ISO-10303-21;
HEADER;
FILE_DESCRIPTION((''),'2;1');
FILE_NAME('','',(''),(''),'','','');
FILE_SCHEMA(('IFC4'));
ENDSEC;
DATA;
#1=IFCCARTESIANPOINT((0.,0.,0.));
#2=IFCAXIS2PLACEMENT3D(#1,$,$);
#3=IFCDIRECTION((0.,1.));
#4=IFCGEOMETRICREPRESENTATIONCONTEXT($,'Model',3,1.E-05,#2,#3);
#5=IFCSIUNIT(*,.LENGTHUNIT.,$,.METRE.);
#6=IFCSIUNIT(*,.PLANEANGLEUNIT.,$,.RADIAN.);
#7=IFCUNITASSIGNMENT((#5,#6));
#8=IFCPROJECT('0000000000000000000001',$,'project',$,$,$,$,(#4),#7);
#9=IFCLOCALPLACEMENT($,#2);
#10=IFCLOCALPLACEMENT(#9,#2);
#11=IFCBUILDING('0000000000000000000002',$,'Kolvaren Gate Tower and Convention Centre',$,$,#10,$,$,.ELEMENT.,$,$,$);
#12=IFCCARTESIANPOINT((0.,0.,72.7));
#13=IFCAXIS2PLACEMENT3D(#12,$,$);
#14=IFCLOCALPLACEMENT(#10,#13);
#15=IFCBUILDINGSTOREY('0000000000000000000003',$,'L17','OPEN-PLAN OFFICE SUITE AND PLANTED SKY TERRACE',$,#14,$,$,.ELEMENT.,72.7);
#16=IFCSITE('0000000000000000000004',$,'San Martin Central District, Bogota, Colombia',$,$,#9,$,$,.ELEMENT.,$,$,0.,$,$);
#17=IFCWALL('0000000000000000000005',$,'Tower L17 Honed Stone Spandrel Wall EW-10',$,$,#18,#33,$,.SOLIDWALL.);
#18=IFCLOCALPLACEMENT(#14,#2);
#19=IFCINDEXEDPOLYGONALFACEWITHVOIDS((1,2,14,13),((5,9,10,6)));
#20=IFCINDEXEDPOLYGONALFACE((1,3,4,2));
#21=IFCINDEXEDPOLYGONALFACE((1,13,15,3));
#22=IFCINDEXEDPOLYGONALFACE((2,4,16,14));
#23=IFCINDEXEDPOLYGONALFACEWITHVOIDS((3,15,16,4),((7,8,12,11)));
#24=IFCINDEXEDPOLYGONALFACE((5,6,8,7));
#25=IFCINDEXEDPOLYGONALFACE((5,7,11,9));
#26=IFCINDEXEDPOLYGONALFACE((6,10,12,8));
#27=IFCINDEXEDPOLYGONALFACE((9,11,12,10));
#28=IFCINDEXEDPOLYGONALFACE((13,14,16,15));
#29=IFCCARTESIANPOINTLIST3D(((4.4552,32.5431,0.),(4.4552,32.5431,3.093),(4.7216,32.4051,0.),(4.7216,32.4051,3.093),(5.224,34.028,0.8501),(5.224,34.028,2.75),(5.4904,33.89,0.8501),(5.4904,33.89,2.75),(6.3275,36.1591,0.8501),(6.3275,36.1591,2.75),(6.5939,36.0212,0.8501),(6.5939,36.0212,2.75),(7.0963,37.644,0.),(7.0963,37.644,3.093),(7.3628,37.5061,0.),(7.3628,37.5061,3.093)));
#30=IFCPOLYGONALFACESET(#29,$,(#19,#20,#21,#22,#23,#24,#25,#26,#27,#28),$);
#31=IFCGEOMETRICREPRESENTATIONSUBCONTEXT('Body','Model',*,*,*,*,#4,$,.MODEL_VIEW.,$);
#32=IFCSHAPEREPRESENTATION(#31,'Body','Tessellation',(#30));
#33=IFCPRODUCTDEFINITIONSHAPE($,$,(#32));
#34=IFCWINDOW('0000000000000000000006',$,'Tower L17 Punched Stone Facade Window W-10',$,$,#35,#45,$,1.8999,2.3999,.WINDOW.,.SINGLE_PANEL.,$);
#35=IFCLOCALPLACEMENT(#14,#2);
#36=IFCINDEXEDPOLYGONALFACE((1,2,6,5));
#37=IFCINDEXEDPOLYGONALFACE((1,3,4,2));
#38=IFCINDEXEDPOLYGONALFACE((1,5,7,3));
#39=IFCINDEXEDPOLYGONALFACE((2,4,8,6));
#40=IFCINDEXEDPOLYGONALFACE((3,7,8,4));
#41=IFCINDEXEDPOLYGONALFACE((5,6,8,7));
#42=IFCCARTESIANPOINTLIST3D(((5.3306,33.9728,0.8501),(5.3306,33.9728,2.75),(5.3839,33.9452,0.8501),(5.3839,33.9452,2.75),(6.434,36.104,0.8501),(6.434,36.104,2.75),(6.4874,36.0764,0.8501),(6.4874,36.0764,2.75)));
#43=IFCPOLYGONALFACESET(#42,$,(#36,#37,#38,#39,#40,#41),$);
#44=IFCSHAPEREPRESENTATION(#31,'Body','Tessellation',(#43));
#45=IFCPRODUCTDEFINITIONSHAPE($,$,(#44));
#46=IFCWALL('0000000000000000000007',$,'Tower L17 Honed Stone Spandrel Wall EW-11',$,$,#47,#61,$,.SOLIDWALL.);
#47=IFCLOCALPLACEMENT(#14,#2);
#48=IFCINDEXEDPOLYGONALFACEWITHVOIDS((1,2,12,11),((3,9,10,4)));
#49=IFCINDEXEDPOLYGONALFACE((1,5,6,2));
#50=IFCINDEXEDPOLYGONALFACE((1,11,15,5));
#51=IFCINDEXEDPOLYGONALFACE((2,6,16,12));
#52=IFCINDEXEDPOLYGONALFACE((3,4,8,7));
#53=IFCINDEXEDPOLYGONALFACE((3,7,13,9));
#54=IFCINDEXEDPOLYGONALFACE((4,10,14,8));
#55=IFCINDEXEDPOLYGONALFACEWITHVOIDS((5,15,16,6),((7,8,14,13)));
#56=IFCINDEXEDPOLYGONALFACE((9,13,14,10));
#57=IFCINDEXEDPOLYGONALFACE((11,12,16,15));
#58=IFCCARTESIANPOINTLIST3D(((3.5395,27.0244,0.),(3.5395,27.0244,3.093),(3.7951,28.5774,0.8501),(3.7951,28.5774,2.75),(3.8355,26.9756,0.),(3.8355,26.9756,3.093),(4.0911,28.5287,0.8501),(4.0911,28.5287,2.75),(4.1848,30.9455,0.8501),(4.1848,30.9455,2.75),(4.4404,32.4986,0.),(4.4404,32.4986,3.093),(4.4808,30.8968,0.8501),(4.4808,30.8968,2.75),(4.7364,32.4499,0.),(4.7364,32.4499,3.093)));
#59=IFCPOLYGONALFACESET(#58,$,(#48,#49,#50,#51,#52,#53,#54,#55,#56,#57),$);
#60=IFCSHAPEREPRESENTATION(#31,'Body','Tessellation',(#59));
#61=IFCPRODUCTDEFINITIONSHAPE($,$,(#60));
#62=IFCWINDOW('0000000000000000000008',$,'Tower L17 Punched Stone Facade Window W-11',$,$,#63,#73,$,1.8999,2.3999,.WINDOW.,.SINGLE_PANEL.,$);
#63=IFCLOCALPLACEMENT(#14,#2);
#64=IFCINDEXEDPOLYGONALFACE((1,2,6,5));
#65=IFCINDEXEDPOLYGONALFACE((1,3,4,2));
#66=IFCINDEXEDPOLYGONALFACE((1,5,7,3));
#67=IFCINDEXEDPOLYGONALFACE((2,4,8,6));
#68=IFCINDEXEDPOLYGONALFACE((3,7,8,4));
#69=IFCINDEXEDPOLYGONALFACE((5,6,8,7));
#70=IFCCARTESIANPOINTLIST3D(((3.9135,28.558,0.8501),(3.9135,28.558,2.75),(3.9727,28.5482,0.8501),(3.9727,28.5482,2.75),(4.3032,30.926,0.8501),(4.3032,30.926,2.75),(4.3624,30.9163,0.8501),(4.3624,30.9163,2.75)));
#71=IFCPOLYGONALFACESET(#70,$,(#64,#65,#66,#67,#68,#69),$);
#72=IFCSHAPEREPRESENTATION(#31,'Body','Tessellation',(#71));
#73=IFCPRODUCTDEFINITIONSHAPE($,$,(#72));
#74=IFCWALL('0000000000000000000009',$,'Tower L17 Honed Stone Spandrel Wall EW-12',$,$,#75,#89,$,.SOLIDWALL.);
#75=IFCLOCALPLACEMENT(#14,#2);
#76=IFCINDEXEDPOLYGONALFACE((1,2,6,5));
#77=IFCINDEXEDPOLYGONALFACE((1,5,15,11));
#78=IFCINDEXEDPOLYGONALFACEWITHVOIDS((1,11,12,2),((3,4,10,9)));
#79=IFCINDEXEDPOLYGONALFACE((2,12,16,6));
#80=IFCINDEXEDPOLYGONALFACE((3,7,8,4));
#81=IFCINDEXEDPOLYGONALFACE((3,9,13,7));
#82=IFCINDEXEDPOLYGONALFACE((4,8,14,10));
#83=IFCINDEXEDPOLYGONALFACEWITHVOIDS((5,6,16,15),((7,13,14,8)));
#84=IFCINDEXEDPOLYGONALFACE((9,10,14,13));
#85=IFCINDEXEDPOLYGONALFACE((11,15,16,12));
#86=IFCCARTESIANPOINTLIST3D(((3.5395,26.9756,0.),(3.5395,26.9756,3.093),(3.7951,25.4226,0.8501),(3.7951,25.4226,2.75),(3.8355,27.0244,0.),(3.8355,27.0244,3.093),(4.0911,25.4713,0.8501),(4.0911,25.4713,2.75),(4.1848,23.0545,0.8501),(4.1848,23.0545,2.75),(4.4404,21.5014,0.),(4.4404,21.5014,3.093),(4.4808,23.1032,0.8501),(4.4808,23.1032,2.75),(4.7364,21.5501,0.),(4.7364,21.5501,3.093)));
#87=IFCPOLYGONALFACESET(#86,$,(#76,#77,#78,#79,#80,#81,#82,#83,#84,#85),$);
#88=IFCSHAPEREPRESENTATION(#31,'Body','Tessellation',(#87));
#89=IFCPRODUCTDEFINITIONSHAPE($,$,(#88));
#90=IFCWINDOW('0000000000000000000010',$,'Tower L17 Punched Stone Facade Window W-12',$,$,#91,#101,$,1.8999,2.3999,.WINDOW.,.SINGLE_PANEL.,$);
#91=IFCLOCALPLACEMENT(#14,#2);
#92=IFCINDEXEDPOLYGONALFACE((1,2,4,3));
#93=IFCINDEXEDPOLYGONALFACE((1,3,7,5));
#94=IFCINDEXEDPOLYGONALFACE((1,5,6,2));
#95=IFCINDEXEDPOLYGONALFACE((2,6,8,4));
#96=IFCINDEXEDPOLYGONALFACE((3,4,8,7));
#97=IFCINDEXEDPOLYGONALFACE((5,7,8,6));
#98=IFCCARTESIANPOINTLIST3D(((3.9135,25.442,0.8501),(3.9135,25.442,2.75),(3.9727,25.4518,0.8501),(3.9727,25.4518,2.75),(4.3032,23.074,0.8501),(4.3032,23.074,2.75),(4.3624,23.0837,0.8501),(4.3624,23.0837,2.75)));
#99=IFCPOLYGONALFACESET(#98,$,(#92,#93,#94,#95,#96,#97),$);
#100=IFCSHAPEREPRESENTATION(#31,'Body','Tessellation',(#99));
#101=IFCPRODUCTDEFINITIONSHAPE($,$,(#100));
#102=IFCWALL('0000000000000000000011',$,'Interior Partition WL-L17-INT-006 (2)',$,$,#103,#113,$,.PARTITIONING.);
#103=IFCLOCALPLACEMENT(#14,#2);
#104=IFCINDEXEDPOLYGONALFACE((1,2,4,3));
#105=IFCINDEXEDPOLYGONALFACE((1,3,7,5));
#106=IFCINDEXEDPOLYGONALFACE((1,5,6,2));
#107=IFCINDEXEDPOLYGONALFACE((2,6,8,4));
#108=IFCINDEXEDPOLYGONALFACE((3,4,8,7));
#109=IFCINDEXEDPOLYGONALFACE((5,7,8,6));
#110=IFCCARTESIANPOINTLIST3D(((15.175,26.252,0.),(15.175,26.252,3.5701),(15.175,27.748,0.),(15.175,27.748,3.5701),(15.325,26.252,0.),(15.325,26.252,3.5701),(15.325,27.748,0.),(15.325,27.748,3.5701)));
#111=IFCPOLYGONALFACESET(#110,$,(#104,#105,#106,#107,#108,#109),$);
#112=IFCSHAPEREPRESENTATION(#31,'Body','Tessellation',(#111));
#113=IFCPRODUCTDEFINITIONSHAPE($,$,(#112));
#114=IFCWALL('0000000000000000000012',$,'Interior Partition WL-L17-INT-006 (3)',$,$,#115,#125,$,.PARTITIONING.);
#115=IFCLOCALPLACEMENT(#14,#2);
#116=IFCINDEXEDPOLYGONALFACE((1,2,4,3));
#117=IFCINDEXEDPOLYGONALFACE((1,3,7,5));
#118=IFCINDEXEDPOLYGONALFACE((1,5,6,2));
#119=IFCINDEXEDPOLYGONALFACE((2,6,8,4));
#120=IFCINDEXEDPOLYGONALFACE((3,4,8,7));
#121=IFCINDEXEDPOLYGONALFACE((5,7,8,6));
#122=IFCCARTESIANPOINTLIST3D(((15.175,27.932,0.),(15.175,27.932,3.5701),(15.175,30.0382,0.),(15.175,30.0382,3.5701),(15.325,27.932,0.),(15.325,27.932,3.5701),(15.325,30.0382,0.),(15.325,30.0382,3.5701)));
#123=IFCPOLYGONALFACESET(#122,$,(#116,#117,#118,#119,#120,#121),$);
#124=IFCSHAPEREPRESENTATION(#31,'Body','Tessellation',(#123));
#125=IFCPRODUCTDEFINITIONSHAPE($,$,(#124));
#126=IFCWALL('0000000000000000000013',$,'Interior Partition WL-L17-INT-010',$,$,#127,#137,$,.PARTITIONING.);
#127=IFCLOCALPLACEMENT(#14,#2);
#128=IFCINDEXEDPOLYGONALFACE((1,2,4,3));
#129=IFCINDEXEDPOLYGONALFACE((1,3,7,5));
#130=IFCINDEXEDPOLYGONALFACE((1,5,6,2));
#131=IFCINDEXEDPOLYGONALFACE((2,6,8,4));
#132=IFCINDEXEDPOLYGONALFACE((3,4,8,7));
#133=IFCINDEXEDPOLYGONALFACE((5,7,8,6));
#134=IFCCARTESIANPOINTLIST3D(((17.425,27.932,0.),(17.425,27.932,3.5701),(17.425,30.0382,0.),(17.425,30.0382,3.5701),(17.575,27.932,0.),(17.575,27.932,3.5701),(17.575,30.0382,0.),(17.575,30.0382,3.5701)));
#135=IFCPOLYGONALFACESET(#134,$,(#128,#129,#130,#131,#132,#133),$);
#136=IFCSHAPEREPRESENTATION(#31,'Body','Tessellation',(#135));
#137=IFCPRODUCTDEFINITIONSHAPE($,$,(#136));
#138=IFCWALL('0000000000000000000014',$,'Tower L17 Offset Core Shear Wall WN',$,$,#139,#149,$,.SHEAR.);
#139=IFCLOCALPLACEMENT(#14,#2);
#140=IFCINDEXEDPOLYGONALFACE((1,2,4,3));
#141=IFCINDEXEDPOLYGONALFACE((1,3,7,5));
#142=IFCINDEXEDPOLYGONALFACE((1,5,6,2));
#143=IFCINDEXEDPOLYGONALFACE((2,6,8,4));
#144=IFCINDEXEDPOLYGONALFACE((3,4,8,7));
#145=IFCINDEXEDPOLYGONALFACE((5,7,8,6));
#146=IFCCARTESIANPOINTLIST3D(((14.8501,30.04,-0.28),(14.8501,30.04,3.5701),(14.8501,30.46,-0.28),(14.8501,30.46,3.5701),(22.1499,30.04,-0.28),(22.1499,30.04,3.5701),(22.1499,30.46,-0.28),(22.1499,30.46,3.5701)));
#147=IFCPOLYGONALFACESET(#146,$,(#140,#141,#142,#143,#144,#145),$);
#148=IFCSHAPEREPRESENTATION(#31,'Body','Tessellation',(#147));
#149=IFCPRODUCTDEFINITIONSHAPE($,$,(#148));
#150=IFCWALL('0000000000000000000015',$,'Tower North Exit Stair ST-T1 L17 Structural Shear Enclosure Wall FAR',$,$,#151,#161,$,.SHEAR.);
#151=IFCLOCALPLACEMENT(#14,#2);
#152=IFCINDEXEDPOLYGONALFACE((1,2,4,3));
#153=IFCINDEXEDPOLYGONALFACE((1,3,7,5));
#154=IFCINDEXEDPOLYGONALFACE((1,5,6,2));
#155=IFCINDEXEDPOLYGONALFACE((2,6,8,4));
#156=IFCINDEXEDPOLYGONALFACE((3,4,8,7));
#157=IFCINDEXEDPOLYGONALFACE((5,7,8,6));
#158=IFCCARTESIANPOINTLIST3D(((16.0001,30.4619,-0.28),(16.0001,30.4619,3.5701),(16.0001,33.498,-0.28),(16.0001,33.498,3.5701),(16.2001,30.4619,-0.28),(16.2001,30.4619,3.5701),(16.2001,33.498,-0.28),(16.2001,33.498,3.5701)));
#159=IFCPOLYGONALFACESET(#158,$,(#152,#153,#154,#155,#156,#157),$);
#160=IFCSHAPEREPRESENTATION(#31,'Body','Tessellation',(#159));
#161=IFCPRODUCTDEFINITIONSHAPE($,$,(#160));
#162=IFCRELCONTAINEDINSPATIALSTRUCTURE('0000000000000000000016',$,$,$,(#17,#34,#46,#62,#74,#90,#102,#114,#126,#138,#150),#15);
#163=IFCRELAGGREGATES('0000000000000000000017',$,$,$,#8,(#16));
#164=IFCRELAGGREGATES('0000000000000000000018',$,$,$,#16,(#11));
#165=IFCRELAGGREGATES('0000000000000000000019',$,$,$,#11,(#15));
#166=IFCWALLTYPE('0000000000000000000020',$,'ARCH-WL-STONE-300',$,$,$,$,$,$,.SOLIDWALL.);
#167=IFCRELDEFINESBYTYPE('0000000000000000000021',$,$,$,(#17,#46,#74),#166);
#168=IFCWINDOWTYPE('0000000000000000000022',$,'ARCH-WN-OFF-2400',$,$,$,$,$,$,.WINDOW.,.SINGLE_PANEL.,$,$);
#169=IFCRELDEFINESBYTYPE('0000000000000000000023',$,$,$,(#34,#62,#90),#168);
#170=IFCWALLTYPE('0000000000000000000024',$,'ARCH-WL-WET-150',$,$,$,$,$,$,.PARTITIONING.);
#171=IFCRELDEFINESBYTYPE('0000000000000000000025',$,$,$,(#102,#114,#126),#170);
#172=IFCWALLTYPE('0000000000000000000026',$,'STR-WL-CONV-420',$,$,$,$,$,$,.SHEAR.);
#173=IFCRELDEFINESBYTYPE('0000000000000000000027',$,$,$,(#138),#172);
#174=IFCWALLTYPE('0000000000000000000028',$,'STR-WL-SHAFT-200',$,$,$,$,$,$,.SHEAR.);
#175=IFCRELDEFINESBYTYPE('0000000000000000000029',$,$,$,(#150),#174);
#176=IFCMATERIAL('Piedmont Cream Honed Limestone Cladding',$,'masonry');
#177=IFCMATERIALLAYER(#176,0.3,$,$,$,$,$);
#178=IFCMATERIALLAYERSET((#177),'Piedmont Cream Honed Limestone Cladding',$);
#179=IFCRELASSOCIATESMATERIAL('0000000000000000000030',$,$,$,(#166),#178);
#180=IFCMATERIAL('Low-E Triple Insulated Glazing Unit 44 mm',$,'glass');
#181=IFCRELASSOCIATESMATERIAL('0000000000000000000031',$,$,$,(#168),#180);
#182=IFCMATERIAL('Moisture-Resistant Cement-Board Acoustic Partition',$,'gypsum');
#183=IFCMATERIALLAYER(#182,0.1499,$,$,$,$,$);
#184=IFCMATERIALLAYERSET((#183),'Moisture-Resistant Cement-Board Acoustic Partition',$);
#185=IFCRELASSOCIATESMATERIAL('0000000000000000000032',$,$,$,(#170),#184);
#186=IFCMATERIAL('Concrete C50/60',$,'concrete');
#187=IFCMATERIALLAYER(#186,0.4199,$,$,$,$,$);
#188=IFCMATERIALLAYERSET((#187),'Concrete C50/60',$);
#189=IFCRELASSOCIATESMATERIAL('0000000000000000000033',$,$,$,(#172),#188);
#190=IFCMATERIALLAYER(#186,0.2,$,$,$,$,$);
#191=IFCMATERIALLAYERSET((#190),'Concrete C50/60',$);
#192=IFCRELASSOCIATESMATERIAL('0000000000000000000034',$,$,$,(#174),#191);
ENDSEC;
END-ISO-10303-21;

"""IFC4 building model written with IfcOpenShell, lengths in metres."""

from ifc_helpers import new_model, si_unit, direction, frame, frame_2d, origin, place, context, subcontext, project, spatial, rectangle, extrude, material, layer, layer_set, type_object, element, fill, save


model = new_model("IFC4")

# Units and contexts
model_context = context("Model", 3, precision=1e-05, world=origin(), true_north=direction((0.0, 1.0)))
body_context = subcontext(model_context, "Body", "Model", "MODEL_VIEW")
ifc_project = project(units=[si_unit("LENGTHUNIT", "METRE"), si_unit("PLANEANGLEUNIT", "RADIAN")], contexts=[model_context])

# Site, building, storey
site_placement = place(None, origin())
site = spatial("IfcSite", under=ifc_project, at=site_placement, Name="San Martin Central District, Bogota, Colombia", CompositionType="ELEMENT", RefElevation=0.0)
building_placement = place(site_placement, origin())
building = spatial("IfcBuilding", under=site, at=building_placement, Name="Kolvaren Gate Tower and Convention Centre", CompositionType="ELEMENT")
storey_placement = place(building_placement, frame((0.0, 0.0, 72.7)))
storey = spatial("IfcBuildingStorey", under=building, at=storey_placement, Name="L17", Description="OPEN-PLAN OFFICE SUITE AND PLANTED SKY TERRACE", CompositionType="ELEMENT", Elevation=72.7)

# Walls, openings, windows
ifc_material_1 = material(Name="Piedmont Cream Honed Limestone Cladding", Category="masonry")
ifc_layer_1 = layer(ifc_material_1, 0.3)
ifc_layer_set_1 = layer_set([ifc_layer_1], Name="Piedmont Cream Honed Limestone Cladding")
wall_type_1 = type_object("IfcWallType", Name="ARCH-WL-STONE-300", PredefinedType="SOLIDWALL", material=ifc_layer_set_1)
wall_1_placement = place(storey_placement, frame((4.5884, 32.4741, 0.0), z_axis=(0.0, 0.0, 1.0), x_axis=(0.459801, 0.888022, 0.0)))
wall_1 = element("IfcWall", 1, at=wall_1_placement, inside=storey, type_object=wall_type_1, Name="Tower L17 Honed Stone Spandrel Wall EW-10", PredefinedType="SOLIDWALL", context=body_context, shape_type="SweptSolid", body=[
    extrude(rectangle(XDim=5.7441, YDim=0.3, at=frame_2d((2.8721, 0.0))), origin(), (0.0, 0.0, 1.0), 3.093),
])
opening_1_placement = place(wall_1_placement, frame((1.6721, 0.0, 0.8501)))
opening_1 = element("IfcOpeningElement", 2, at=opening_1_placement, cuts=wall_1, PredefinedType="OPENING", context=body_context, shape_type="SweptSolid", body=[
    extrude(rectangle(XDim=2.3999, YDim=1.8999, at=frame_2d((1.2, 0.95))), frame((0.0, 0.1599, 0.0), z_axis=(0.0, -1.0, 0.0), x_axis=(1.0, 0.0, 0.0)), (0.0, 0.0, 1.0), 0.3201),
])
ifc_material_2 = material(Name="Low-E Triple Insulated Glazing Unit 44 mm", Category="glass")
window_type = type_object("IfcWindowType", Name="ARCH-WN-OFF-2400", PartitioningType="SINGLE_PANEL", PredefinedType="WINDOW", material=ifc_material_2)
window_1_placement = place(opening_1_placement, origin())
window_1 = element("IfcWindow", 3, at=window_1_placement, inside=storey, type_object=window_type, Name="Tower L17 Punched Stone Facade Window W-10", OverallHeight=1.8999, OverallWidth=2.3999, PartitioningType="SINGLE_PANEL", PredefinedType="WINDOW", context=body_context, shape_type="SweptSolid", body=[
    extrude(rectangle(XDim=2.3999, YDim=1.8999, at=frame_2d((1.2, 0.95))), frame((0.0, 0.03, 0.0), z_axis=(0.0, -1.0, 0.0), x_axis=(1.0, 0.0, 0.0)), (0.0, 0.0, 1.0), 0.0601),
])
fill(opening_1, window_1)
wall_2_placement = place(storey_placement, frame((3.6875, 27.0, 0.0), z_axis=(0.0, 0.0, 1.0), x_axis=(0.162386, 0.986727, 0.0)))
wall_2 = element("IfcWall", 4, at=wall_2_placement, inside=storey, type_object=wall_type_1, Name="Tower L17 Honed Stone Spandrel Wall EW-11", PredefinedType="SOLIDWALL", context=body_context, shape_type="SweptSolid", body=[
    extrude(rectangle(XDim=5.5479, YDim=0.3, at=frame_2d((2.7739, 0.0))), origin(), (0.0, 0.0, 1.0), 3.093),
])
opening_2_placement = place(wall_2_placement, frame((1.574, 0.0, 0.8501)))
opening_2 = element("IfcOpeningElement", 5, at=opening_2_placement, cuts=wall_2, PredefinedType="OPENING", context=body_context, shape_type="SweptSolid", body=[
    extrude(rectangle(XDim=2.3999, YDim=1.8999, at=frame_2d((1.2, 0.95))), frame((0.0, 0.1599, 0.0), z_axis=(0.0, -1.0, 0.0), x_axis=(1.0, 0.0, 0.0)), (0.0, 0.0, 1.0), 0.3201),
])
window_2_placement = place(opening_2_placement, origin())
window_2 = element("IfcWindow", 6, at=window_2_placement, inside=storey, type_object=window_type, Name="Tower L17 Punched Stone Facade Window W-11", OverallHeight=1.8999, OverallWidth=2.3999, PartitioningType="SINGLE_PANEL", PredefinedType="WINDOW", context=body_context, shape_type="SweptSolid", body=[
    extrude(rectangle(XDim=2.3999, YDim=1.8999, at=frame_2d((1.2, 0.95))), frame((0.0, 0.03, 0.0), z_axis=(0.0, -1.0, 0.0), x_axis=(1.0, 0.0, 0.0)), (0.0, 0.0, 1.0), 0.0601),
])
fill(opening_2, window_2)
wall_3_placement = place(storey_placement, frame((3.6875, 27.0, 0.0), z_axis=(0.0, 0.0, 1.0), x_axis=(0.162386, -0.986727, 0.0)))
wall_3 = element("IfcWall", 7, at=wall_3_placement, inside=storey, type_object=wall_type_1, Name="Tower L17 Honed Stone Spandrel Wall EW-12", PredefinedType="SOLIDWALL", context=body_context, shape_type="SweptSolid", body=[
    extrude(rectangle(XDim=5.5479, YDim=0.3, at=frame_2d((2.7739, 0.0))), origin(), (0.0, 0.0, 1.0), 3.093),
])
opening_3_placement = place(wall_3_placement, frame((1.574, 0.0, 0.8501)))
opening_3 = element("IfcOpeningElement", 8, at=opening_3_placement, cuts=wall_3, PredefinedType="OPENING", context=body_context, shape_type="SweptSolid", body=[
    extrude(rectangle(XDim=2.3999, YDim=1.8999, at=frame_2d((1.2, 0.95))), frame((0.0, 0.1599, 0.0), z_axis=(0.0, -1.0, 0.0), x_axis=(1.0, 0.0, 0.0)), (0.0, 0.0, 1.0), 0.3201),
])
window_3_placement = place(opening_3_placement, origin())
window_3 = element("IfcWindow", 9, at=window_3_placement, inside=storey, type_object=window_type, Name="Tower L17 Punched Stone Facade Window W-12", OverallHeight=1.8999, OverallWidth=2.3999, PartitioningType="SINGLE_PANEL", PredefinedType="WINDOW", context=body_context, shape_type="SweptSolid", body=[
    extrude(rectangle(XDim=2.3999, YDim=1.8999, at=frame_2d((1.2, 0.95))), frame((0.0, 0.03, 0.0), z_axis=(0.0, -1.0, 0.0), x_axis=(1.0, 0.0, 0.0)), (0.0, 0.0, 1.0), 0.0601),
])
fill(opening_3, window_3)

# Walls
ifc_material_3 = material(Name="Moisture-Resistant Cement-Board Acoustic Partition", Category="gypsum")
ifc_layer_2 = layer(ifc_material_3, 0.1499)
ifc_layer_set_2 = layer_set([ifc_layer_2], Name="Moisture-Resistant Cement-Board Acoustic Partition")
wall_type_2 = type_object("IfcWallType", Name="ARCH-WL-WET-150", PredefinedType="PARTITIONING", material=ifc_layer_set_2)
wall_4_placement = place(storey_placement, frame((15.25, 26.252, 0.0), z_axis=(0.0, 0.0, 1.0), x_axis=(0.0, 1.0, 0.0)))
element("IfcWall", 10, at=wall_4_placement, inside=storey, type_object=wall_type_2, Name="Interior Partition WL-L17-INT-006 (2)", PredefinedType="PARTITIONING", context=body_context, shape_type="SweptSolid", body=[
    extrude(rectangle(XDim=1.4961, YDim=0.1499, at=frame_2d((0.748, 0.0))), origin(), (0.0, 0.0, 1.0), 3.5701),
])
for number, where, z_axis, x_axis, name in (
    (11, (15.25, 27.9319, 0.0), (0.0, 0.0, 1.0), (0.0, 1.0, 0.0), "Interior Partition WL-L17-INT-006 (3)"),
    (12, (17.5, 27.9319, 0.0), (0.0, 0.0, 1.0), (0.0, 1.0, 0.0), "Interior Partition WL-L17-INT-010"),
):
    element("IfcWall", number, at=place(storey_placement, frame(where, z_axis=z_axis, x_axis=x_axis)), inside=storey, type_object=wall_type_2, Name=name, PredefinedType="PARTITIONING", context=body_context, shape_type="SweptSolid", body=[
        extrude(rectangle(XDim=2.1062, YDim=0.1499, at=frame_2d((1.0532, 0.0))), origin(), (0.0, 0.0, 1.0), 3.5701),
    ])
ifc_material_4 = material(Name="Concrete C50/60", Category="concrete")
ifc_layer_3 = layer(ifc_material_4, 0.4199)
ifc_layer_set_3 = layer_set([ifc_layer_3], Name="Concrete C50/60")
wall_type_3 = type_object("IfcWallType", Name="STR-WL-CONV-420", PredefinedType="SHEAR", material=ifc_layer_set_3)
wall_5_placement = place(storey_placement, frame((14.8501, 30.25, -0.28), z_axis=(0.0, 0.0, 1.0), x_axis=(1.0, 0.0, 0.0)))
element("IfcWall", 13, at=wall_5_placement, inside=storey, type_object=wall_type_3, Name="Tower L17 Offset Core Shear Wall WN", PredefinedType="SHEAR", context=body_context, shape_type="SweptSolid", body=[
    extrude(rectangle(XDim=7.2998, YDim=0.4199, at=frame_2d((3.6499, 0.0))), origin(), (0.0, 0.0, 1.0), 3.8501),
])
ifc_layer_4 = layer(ifc_material_4, 0.2)
ifc_layer_set_4 = layer_set([ifc_layer_4], Name="Concrete C50/60")
wall_type_4 = type_object("IfcWallType", Name="STR-WL-SHAFT-200", PredefinedType="SHEAR", material=ifc_layer_set_4)
wall_6_placement = place(storey_placement, frame((16.1001, 30.4619, -0.28), z_axis=(0.0, 0.0, 1.0), x_axis=(0.0, 1.0, 0.0)))
element("IfcWall", 14, at=wall_6_placement, inside=storey, type_object=wall_type_4, Name="Tower North Exit Stair ST-T1 L17 Structural Shear Enclosure Wall FAR", PredefinedType="SHEAR", context=body_context, shape_type="SweptSolid", body=[
    extrude(rectangle(XDim=3.0361, YDim=0.2, at=frame_2d((1.5181, 0.0))), origin(), (0.0, 0.0, 1.0), 3.8501),
])

save(model, "model.ifc")
